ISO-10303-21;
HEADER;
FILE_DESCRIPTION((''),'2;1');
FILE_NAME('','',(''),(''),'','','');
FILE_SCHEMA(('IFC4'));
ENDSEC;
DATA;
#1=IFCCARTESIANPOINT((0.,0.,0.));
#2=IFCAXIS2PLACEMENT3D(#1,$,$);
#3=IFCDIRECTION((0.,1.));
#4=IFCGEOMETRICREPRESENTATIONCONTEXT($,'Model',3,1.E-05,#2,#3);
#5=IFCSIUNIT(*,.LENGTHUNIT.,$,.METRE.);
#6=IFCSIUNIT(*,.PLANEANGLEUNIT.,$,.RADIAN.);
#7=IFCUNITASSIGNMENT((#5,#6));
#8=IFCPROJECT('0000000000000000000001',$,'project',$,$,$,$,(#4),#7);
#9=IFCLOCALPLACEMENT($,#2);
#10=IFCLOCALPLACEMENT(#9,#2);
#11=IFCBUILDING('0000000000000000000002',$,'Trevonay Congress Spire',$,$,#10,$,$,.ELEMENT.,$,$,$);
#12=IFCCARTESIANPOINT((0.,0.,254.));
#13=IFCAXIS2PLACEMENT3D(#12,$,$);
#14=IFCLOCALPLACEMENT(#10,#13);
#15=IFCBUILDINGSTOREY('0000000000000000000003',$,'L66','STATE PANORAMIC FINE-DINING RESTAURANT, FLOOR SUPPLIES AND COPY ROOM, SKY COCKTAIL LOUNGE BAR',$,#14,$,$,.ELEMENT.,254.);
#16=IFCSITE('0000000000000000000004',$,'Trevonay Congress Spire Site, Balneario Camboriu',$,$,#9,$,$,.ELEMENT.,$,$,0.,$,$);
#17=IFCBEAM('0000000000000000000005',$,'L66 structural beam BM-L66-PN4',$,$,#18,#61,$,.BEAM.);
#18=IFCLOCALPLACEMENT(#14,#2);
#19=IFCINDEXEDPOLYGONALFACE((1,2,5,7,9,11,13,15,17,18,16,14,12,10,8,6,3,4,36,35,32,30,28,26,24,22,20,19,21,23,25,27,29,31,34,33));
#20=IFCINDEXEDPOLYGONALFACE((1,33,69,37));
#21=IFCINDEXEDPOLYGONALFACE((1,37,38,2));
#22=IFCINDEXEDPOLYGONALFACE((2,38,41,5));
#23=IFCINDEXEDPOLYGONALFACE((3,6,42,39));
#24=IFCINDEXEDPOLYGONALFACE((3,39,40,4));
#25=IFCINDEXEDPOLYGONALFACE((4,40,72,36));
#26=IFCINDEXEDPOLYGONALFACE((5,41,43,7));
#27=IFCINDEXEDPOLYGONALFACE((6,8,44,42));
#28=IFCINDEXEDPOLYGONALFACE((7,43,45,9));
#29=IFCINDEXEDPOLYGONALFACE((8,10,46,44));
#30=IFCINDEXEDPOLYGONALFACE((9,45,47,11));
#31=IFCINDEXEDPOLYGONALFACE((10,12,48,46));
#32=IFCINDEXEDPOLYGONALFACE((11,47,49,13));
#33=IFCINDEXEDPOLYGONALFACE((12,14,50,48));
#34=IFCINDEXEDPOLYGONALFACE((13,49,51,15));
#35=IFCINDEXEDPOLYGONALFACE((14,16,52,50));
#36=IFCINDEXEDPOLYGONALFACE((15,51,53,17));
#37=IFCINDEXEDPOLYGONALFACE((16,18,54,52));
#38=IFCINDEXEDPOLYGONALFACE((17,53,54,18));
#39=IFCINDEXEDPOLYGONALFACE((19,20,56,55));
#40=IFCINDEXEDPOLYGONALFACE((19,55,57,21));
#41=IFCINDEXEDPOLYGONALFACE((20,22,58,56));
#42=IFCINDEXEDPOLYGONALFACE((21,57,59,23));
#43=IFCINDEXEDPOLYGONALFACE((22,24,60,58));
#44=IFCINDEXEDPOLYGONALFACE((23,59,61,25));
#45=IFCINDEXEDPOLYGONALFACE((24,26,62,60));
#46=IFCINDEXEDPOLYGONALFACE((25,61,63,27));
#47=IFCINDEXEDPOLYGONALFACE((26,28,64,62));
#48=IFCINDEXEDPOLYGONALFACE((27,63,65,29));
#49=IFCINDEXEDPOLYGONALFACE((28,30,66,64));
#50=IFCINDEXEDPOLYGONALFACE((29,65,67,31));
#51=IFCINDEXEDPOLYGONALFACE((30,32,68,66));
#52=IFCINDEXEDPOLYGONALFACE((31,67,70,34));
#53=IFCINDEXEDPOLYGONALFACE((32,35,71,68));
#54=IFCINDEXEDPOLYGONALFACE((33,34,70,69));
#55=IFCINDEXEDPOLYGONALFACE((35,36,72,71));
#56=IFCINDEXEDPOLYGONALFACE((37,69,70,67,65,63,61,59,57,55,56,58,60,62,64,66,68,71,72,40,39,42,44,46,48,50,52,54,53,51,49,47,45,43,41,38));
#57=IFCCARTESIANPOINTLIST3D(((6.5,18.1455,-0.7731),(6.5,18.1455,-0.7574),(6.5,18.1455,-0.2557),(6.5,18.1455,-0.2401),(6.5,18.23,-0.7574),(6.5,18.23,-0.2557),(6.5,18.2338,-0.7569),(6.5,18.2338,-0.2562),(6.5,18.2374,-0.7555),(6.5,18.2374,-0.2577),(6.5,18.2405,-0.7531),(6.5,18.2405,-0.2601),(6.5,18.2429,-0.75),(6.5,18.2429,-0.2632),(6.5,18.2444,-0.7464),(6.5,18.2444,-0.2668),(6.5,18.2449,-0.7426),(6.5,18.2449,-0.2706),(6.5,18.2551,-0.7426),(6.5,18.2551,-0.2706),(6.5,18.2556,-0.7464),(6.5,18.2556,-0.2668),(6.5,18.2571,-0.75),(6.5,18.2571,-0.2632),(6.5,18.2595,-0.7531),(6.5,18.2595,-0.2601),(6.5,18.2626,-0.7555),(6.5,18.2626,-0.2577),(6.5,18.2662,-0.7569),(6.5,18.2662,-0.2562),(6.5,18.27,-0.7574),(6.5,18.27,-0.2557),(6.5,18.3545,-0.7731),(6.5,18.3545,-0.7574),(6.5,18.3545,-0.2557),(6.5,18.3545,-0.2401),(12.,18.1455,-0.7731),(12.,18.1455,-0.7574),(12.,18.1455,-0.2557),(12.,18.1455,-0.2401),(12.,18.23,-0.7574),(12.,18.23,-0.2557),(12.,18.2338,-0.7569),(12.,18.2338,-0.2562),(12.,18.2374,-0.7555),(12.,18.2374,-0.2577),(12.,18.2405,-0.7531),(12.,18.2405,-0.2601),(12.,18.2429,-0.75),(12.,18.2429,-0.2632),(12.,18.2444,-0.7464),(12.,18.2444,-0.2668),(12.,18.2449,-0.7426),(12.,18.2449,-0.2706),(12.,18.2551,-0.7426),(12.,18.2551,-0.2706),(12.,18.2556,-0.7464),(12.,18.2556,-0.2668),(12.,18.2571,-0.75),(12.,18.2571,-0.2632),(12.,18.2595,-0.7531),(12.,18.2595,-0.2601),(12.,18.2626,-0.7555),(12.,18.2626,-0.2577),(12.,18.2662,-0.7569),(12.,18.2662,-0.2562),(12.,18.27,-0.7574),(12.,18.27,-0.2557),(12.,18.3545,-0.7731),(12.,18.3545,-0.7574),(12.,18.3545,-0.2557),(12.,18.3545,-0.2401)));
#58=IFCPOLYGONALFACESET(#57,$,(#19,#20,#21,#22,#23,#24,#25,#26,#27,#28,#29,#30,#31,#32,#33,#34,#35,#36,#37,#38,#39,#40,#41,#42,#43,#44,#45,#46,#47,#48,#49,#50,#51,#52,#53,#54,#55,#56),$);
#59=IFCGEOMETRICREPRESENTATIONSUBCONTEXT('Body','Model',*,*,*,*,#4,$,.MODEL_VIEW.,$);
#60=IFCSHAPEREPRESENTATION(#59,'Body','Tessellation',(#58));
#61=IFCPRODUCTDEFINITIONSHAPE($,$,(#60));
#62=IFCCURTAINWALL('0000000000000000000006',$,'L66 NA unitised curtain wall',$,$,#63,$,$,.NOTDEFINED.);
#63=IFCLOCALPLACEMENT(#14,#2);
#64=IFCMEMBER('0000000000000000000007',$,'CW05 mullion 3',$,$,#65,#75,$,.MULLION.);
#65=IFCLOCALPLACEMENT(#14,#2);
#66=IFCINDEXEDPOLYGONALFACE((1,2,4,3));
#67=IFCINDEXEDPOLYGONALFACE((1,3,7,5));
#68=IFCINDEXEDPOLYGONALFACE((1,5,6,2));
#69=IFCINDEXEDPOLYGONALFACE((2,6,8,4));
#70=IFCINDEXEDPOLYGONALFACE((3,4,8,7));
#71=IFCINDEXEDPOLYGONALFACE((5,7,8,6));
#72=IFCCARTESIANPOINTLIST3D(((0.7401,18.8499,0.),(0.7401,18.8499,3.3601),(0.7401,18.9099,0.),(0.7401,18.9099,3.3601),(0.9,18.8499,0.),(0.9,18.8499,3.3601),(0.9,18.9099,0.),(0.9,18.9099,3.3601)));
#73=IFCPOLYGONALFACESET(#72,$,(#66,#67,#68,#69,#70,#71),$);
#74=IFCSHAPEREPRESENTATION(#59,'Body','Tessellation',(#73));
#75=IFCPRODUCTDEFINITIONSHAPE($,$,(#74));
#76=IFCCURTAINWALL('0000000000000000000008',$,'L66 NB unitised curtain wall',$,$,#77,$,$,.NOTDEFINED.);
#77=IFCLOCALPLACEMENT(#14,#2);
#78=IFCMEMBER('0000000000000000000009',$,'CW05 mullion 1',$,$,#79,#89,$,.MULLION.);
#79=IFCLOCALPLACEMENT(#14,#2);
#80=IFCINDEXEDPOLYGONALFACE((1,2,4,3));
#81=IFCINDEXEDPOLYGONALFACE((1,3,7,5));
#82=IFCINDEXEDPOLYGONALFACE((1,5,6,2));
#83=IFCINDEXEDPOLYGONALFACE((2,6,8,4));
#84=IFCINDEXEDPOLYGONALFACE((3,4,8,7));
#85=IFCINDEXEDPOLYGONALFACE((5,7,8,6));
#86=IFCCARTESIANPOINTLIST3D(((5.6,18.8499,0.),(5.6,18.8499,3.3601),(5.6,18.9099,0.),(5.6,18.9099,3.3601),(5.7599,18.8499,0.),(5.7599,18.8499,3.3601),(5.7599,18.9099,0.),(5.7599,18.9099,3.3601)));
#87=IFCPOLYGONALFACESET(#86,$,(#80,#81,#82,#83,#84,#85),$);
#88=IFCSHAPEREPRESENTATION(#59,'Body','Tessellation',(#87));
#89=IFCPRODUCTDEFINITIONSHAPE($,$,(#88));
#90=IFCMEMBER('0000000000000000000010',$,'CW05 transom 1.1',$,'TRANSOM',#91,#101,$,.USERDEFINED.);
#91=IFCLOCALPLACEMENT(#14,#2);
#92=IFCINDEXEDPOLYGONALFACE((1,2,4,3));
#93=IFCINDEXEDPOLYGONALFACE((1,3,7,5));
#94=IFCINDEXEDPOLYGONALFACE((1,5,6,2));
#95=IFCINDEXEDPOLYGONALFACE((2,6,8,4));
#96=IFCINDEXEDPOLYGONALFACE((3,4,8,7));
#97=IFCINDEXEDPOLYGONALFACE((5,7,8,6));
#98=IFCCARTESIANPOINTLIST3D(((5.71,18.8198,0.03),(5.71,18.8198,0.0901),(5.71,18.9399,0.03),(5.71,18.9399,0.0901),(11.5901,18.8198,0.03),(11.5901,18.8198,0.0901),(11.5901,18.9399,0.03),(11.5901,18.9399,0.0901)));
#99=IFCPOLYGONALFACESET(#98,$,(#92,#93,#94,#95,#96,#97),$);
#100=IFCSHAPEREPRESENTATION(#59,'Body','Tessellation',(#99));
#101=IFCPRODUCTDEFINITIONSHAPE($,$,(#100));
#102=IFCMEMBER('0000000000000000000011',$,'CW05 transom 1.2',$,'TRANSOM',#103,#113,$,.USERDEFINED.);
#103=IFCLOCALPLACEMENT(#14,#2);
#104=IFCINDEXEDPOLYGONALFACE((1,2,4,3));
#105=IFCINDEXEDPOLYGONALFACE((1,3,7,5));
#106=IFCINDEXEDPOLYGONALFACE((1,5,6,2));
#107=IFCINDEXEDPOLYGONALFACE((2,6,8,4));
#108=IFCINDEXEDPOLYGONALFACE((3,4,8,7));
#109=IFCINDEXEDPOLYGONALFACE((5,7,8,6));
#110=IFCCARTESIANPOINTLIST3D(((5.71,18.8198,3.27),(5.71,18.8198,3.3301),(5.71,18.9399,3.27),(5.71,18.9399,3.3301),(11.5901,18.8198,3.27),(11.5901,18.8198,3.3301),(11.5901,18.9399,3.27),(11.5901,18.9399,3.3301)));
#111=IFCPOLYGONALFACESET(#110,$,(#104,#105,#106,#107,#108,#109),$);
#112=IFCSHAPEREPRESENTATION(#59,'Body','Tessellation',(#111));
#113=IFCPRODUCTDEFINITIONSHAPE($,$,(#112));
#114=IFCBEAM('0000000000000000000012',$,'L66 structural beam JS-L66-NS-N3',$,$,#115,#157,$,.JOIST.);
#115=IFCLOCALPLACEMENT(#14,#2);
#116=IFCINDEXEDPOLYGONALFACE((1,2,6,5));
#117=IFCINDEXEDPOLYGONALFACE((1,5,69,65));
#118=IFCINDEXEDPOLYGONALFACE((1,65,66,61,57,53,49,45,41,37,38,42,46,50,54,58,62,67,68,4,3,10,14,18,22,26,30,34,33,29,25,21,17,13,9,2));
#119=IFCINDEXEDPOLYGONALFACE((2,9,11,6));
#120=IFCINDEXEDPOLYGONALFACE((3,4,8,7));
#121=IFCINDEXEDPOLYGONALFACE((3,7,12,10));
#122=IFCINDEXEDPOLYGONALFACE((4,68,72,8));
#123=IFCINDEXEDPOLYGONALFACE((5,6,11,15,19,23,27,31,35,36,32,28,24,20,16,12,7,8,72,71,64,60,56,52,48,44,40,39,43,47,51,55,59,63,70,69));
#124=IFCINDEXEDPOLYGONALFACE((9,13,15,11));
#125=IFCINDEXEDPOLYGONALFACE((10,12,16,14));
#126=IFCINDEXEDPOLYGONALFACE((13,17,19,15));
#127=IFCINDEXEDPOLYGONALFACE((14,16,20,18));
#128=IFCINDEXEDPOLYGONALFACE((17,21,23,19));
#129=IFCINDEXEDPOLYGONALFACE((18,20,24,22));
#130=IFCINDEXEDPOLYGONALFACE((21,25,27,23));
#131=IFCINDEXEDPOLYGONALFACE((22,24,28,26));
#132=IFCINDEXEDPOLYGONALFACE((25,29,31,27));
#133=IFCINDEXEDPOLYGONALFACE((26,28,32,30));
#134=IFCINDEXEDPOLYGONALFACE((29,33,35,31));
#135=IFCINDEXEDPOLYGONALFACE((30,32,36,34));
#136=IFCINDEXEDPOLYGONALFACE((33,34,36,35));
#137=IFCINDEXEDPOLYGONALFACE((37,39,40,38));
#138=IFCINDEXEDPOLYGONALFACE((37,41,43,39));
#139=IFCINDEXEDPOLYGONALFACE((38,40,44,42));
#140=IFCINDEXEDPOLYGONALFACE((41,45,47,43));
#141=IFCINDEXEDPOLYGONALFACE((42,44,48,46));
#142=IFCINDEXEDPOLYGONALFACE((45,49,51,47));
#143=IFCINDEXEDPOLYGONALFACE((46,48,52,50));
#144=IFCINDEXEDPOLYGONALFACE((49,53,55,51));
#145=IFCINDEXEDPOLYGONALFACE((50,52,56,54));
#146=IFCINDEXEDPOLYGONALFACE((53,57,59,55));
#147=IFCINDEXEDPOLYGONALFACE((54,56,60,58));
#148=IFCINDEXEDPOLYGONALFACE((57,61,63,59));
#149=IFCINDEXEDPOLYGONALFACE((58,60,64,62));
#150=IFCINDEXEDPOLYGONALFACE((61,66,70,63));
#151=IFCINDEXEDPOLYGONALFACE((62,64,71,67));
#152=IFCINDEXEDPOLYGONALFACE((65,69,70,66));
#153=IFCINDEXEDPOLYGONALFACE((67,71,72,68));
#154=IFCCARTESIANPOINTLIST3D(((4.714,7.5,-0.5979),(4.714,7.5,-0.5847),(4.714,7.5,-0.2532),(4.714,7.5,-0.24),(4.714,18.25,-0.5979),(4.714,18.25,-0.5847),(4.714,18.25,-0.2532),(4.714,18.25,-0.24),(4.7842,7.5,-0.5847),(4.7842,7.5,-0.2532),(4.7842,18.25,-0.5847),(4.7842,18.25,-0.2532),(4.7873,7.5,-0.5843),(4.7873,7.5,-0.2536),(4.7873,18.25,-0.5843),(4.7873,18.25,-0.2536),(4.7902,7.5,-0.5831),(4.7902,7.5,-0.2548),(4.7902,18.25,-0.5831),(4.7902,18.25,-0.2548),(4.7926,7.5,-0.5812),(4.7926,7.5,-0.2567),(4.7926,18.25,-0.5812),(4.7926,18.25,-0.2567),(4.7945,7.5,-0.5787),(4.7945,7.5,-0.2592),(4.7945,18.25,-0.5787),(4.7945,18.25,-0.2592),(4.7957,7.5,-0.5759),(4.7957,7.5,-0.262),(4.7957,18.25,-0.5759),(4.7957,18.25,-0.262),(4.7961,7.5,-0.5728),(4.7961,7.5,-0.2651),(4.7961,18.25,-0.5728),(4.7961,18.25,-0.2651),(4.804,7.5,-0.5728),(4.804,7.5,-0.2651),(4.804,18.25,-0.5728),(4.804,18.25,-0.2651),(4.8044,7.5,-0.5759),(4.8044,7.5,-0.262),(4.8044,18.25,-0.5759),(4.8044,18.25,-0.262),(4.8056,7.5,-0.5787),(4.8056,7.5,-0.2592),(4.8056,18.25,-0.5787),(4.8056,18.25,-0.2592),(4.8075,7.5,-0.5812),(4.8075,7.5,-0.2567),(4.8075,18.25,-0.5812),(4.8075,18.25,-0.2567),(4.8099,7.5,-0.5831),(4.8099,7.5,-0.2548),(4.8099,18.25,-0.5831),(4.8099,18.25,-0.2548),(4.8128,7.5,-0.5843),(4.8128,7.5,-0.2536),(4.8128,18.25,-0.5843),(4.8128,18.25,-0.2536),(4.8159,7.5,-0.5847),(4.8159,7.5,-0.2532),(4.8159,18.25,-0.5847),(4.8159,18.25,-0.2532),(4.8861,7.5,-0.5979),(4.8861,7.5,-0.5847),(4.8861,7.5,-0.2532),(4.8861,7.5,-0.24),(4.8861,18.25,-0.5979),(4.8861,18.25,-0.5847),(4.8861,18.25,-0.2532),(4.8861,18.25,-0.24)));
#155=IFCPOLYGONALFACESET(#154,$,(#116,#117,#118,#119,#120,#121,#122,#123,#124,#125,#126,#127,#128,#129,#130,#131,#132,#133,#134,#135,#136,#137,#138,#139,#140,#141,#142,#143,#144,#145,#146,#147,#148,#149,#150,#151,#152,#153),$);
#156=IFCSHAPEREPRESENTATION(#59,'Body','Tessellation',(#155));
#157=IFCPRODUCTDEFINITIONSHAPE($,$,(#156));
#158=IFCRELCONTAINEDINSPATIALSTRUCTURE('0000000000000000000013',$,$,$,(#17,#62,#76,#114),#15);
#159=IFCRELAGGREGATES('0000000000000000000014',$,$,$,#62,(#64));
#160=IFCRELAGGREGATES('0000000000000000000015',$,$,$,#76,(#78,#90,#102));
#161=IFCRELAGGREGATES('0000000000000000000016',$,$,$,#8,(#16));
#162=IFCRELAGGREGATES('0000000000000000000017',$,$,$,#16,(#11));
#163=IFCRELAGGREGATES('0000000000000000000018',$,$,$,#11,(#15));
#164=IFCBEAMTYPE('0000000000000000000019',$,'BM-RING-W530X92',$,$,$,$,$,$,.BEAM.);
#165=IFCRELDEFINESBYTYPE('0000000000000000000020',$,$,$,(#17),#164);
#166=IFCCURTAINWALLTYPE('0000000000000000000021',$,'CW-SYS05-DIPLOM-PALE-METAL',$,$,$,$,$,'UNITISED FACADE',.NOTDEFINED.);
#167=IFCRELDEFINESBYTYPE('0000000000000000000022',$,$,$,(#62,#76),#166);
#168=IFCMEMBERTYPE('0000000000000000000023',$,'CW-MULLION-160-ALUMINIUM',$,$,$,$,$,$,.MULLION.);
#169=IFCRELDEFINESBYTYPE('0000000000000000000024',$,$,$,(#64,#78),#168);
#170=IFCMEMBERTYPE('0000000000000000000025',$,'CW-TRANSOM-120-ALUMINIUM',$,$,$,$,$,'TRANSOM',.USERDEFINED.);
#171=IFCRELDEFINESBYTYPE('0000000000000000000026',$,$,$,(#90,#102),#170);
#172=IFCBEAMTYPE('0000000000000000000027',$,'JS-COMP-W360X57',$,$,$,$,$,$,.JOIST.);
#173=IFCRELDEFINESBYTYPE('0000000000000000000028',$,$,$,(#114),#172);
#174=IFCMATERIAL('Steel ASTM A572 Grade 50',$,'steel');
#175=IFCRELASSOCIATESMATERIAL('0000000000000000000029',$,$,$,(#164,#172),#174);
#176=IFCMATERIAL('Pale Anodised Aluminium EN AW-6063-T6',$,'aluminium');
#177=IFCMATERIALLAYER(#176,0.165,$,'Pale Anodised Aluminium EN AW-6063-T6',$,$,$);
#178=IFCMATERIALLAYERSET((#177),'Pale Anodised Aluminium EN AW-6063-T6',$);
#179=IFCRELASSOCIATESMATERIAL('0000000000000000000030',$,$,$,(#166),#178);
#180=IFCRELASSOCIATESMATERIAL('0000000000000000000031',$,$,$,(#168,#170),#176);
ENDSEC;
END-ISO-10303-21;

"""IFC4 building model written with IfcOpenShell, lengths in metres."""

from ifc_helpers import new_model, si_unit, direction, frame, origin, origin_2d, place, context, subcontext, project, spatial, rectangle, i_section, extrude, material, layer, layer_set, material_profile, profile_set, type_object, element, aggregate, save


model = new_model("IFC4")

# Units and contexts
model_context = context("Model", 3, precision=1e-05, world=origin(), true_north=direction((0.0, 1.0)))
body_context = subcontext(model_context, "Body", "Model", "MODEL_VIEW")
ifc_project = project(units=[si_unit("LENGTHUNIT", "METRE"), si_unit("PLANEANGLEUNIT", "RADIAN")], contexts=[model_context])

# Site, building, storey
site_placement = place(None, origin())
site = spatial("IfcSite", under=ifc_project, at=site_placement, Name="Trevonay Congress Spire Site, Balneario Camboriu", CompositionType="ELEMENT", RefElevation=0.0)
building_placement = place(site_placement, origin())
building = spatial("IfcBuilding", under=site, at=building_placement, Name="Trevonay Congress Spire", CompositionType="ELEMENT")
storey_placement = place(building_placement, frame((0.0, 0.0, 254.0)))
storey = spatial("IfcBuildingStorey", under=building, at=storey_placement, Name="L66", Description="STATE PANORAMIC FINE-DINING RESTAURANT, FLOOR SUPPLIES AND COPY ROOM, SKY COCKTAIL LOUNGE BAR", CompositionType="ELEMENT", Elevation=254.0)

# Shared definitions
ifc_material_1 = material(Name="Steel ASTM A572 Grade 50", Category="steel")

# Beam
ifc_material_profile_1 = material_profile(ifc_material_1, i_section(OverallWidth=0.209, OverallDepth=0.533, WebThickness=0.0103, FlangeThickness=0.0156, FilletRadius=0.0149, at=origin_2d()), Name="W530x92")
ifc_profile_set_1 = profile_set([ifc_material_profile_1], Name="Steel ASTM A572 Grade 50")
beam_type_1 = type_object("IfcBeamType", Name="BM-RING-W530X92", PredefinedType="BEAM", material=ifc_profile_set_1)
beam_1_placement = place(storey_placement, frame((6.5, 18.25, -0.5066), z_axis=(1.0, 0.0, 0.0), x_axis=(0.0, 1.0, 0.0)))
element("IfcBeam", 1, at=beam_1_placement, inside=storey, type_object=beam_type_1, Name="L66 structural beam BM-L66-PN4", PredefinedType="BEAM", context=body_context, shape_type="SweptSolid", body=[
    extrude(i_section(OverallWidth=0.209, OverallDepth=0.533, WebThickness=0.0103, FlangeThickness=0.0156, FilletRadius=0.0149, at=origin_2d()), origin(), (0.0, 0.0, 1.0), 5.5),
])

# Curtain wall, member
ifc_material_2 = material(Name="Pale Anodised Aluminium EN AW-6063-T6", Category="aluminium")
ifc_layer_1 = layer(ifc_material_2, 0.165, Name="Pale Anodised Aluminium EN AW-6063-T6")
ifc_layer_set_1 = layer_set([ifc_layer_1], Name="Pale Anodised Aluminium EN AW-6063-T6")
curtain_wall_type = type_object("IfcCurtainWallType", Name="CW-SYS05-DIPLOM-PALE-METAL", ElementType="UNITISED FACADE", PredefinedType="NOTDEFINED", material=ifc_layer_set_1)
curtain_wall_1_placement = place(storey_placement, origin())
curtain_wall_1 = element("IfcCurtainWall", 2, at=curtain_wall_1_placement, inside=storey, type_object=curtain_wall_type, Name="L66 NA unitised curtain wall", PredefinedType="NOTDEFINED")
ifc_material_profile_2 = material_profile(ifc_material_2, rectangle(XDim=0.0601, YDim=0.1599, at=origin_2d()), Name="CW-MULLION-160-ALUMINIUM")
ifc_profile_set_2 = profile_set([ifc_material_profile_2], Name="Pale Anodised Aluminium EN AW-6063-T6")
member_type_1 = type_object("IfcMemberType", Name="CW-MULLION-160-ALUMINIUM", PredefinedType="MULLION", material=ifc_profile_set_2)
member_1_placement = place(storey_placement, frame((0.8201, 18.8799, 0.0), z_axis=(0.0, 0.0, 1.0), x_axis=(0.0, 1.0, 0.0)))
member_1 = element("IfcMember", 3, at=member_1_placement, type_object=member_type_1, Name="CW05 mullion 3", PredefinedType="MULLION", context=body_context, shape_type="SweptSolid", body=[
    extrude(rectangle(XDim=0.0601, YDim=0.1599, at=origin_2d()), origin(), (0.0, 0.0, 1.0), 3.3601),
])
aggregate(curtain_wall_1, [member_1])

# Curtain wall, members
curtain_wall_2_placement = place(storey_placement, origin())
curtain_wall_2 = element("IfcCurtainWall", 4, at=curtain_wall_2_placement, inside=storey, type_object=curtain_wall_type, Name="L66 NB unitised curtain wall", PredefinedType="NOTDEFINED")
member_2_placement = place(storey_placement, frame((5.6799, 18.8799, 0.0), z_axis=(0.0, 0.0, 1.0), x_axis=(0.0, 1.0, 0.0)))
member_2 = element("IfcMember", 5, at=member_2_placement, type_object=member_type_1, Name="CW05 mullion 1", PredefinedType="MULLION", context=body_context, shape_type="SweptSolid", body=[
    extrude(rectangle(XDim=0.0601, YDim=0.1599, at=origin_2d()), origin(), (0.0, 0.0, 1.0), 3.3601),
])
ifc_material_profile_3 = material_profile(ifc_material_2, rectangle(XDim=0.1201, YDim=0.0601, at=origin_2d()), Name="CW-TRANSOM-120-ALUMINIUM")
ifc_profile_set_3 = profile_set([ifc_material_profile_3], Name="Pale Anodised Aluminium EN AW-6063-T6")
member_type_2 = type_object("IfcMemberType", Name="CW-TRANSOM-120-ALUMINIUM", ElementType="TRANSOM", PredefinedType="USERDEFINED", material=ifc_profile_set_3)
member_3_placement = place(storey_placement, frame((5.71, 18.8799, 0.0601), z_axis=(1.0, 0.0, 0.0), x_axis=(0.0, 1.0, 0.0)))
member_3 = element("IfcMember", 6, at=member_3_placement, type_object=member_type_2, Name="CW05 transom 1.1", ObjectType="TRANSOM", PredefinedType="USERDEFINED", context=body_context, shape_type="SweptSolid", body=[
    extrude(rectangle(XDim=0.1201, YDim=0.0601, at=origin_2d()), origin(), (0.0, 0.0, 1.0), 5.8801),
])
member_4_placement = place(storey_placement, frame((5.71, 18.8799, 3.3), z_axis=(1.0, 0.0, 0.0), x_axis=(0.0, 1.0, 0.0)))
member_4 = element("IfcMember", 7, at=member_4_placement, type_object=member_type_2, Name="CW05 transom 1.2", ObjectType="TRANSOM", PredefinedType="USERDEFINED", context=body_context, shape_type="SweptSolid", body=[
    extrude(rectangle(XDim=0.1201, YDim=0.0601, at=origin_2d()), origin(), (0.0, 0.0, 1.0), 5.8801),
])
aggregate(curtain_wall_2, [member_2, member_3, member_4])

# Beam
ifc_material_profile_4 = material_profile(ifc_material_1, i_section(OverallWidth=0.1721, OverallDepth=0.3579, WebThickness=0.0078, FlangeThickness=0.0132, FilletRadius=0.012, at=origin_2d()), Name="W360x57.8")
ifc_profile_set_4 = profile_set([ifc_material_profile_4], Name="Steel ASTM A572 Grade 50")
beam_type_2 = type_object("IfcBeamType", Name="JS-COMP-W360X57", PredefinedType="JOIST", material=ifc_profile_set_4)
beam_2_placement = place(storey_placement, frame((4.8, 7.5, -0.4189), z_axis=(0.0, 1.0, 0.0), x_axis=(-1.0, 0.0, 0.0)))
element("IfcBeam", 8, at=beam_2_placement, inside=storey, type_object=beam_type_2, Name="L66 structural beam JS-L66-NS-N3", PredefinedType="JOIST", context=body_context, shape_type="SweptSolid", body=[
    extrude(i_section(OverallWidth=0.1721, OverallDepth=0.3579, WebThickness=0.0078, FlangeThickness=0.0132, FilletRadius=0.012, at=origin_2d()), origin(), (0.0, 0.0, 1.0), 10.75),
])

save(model, "model.ifc")
